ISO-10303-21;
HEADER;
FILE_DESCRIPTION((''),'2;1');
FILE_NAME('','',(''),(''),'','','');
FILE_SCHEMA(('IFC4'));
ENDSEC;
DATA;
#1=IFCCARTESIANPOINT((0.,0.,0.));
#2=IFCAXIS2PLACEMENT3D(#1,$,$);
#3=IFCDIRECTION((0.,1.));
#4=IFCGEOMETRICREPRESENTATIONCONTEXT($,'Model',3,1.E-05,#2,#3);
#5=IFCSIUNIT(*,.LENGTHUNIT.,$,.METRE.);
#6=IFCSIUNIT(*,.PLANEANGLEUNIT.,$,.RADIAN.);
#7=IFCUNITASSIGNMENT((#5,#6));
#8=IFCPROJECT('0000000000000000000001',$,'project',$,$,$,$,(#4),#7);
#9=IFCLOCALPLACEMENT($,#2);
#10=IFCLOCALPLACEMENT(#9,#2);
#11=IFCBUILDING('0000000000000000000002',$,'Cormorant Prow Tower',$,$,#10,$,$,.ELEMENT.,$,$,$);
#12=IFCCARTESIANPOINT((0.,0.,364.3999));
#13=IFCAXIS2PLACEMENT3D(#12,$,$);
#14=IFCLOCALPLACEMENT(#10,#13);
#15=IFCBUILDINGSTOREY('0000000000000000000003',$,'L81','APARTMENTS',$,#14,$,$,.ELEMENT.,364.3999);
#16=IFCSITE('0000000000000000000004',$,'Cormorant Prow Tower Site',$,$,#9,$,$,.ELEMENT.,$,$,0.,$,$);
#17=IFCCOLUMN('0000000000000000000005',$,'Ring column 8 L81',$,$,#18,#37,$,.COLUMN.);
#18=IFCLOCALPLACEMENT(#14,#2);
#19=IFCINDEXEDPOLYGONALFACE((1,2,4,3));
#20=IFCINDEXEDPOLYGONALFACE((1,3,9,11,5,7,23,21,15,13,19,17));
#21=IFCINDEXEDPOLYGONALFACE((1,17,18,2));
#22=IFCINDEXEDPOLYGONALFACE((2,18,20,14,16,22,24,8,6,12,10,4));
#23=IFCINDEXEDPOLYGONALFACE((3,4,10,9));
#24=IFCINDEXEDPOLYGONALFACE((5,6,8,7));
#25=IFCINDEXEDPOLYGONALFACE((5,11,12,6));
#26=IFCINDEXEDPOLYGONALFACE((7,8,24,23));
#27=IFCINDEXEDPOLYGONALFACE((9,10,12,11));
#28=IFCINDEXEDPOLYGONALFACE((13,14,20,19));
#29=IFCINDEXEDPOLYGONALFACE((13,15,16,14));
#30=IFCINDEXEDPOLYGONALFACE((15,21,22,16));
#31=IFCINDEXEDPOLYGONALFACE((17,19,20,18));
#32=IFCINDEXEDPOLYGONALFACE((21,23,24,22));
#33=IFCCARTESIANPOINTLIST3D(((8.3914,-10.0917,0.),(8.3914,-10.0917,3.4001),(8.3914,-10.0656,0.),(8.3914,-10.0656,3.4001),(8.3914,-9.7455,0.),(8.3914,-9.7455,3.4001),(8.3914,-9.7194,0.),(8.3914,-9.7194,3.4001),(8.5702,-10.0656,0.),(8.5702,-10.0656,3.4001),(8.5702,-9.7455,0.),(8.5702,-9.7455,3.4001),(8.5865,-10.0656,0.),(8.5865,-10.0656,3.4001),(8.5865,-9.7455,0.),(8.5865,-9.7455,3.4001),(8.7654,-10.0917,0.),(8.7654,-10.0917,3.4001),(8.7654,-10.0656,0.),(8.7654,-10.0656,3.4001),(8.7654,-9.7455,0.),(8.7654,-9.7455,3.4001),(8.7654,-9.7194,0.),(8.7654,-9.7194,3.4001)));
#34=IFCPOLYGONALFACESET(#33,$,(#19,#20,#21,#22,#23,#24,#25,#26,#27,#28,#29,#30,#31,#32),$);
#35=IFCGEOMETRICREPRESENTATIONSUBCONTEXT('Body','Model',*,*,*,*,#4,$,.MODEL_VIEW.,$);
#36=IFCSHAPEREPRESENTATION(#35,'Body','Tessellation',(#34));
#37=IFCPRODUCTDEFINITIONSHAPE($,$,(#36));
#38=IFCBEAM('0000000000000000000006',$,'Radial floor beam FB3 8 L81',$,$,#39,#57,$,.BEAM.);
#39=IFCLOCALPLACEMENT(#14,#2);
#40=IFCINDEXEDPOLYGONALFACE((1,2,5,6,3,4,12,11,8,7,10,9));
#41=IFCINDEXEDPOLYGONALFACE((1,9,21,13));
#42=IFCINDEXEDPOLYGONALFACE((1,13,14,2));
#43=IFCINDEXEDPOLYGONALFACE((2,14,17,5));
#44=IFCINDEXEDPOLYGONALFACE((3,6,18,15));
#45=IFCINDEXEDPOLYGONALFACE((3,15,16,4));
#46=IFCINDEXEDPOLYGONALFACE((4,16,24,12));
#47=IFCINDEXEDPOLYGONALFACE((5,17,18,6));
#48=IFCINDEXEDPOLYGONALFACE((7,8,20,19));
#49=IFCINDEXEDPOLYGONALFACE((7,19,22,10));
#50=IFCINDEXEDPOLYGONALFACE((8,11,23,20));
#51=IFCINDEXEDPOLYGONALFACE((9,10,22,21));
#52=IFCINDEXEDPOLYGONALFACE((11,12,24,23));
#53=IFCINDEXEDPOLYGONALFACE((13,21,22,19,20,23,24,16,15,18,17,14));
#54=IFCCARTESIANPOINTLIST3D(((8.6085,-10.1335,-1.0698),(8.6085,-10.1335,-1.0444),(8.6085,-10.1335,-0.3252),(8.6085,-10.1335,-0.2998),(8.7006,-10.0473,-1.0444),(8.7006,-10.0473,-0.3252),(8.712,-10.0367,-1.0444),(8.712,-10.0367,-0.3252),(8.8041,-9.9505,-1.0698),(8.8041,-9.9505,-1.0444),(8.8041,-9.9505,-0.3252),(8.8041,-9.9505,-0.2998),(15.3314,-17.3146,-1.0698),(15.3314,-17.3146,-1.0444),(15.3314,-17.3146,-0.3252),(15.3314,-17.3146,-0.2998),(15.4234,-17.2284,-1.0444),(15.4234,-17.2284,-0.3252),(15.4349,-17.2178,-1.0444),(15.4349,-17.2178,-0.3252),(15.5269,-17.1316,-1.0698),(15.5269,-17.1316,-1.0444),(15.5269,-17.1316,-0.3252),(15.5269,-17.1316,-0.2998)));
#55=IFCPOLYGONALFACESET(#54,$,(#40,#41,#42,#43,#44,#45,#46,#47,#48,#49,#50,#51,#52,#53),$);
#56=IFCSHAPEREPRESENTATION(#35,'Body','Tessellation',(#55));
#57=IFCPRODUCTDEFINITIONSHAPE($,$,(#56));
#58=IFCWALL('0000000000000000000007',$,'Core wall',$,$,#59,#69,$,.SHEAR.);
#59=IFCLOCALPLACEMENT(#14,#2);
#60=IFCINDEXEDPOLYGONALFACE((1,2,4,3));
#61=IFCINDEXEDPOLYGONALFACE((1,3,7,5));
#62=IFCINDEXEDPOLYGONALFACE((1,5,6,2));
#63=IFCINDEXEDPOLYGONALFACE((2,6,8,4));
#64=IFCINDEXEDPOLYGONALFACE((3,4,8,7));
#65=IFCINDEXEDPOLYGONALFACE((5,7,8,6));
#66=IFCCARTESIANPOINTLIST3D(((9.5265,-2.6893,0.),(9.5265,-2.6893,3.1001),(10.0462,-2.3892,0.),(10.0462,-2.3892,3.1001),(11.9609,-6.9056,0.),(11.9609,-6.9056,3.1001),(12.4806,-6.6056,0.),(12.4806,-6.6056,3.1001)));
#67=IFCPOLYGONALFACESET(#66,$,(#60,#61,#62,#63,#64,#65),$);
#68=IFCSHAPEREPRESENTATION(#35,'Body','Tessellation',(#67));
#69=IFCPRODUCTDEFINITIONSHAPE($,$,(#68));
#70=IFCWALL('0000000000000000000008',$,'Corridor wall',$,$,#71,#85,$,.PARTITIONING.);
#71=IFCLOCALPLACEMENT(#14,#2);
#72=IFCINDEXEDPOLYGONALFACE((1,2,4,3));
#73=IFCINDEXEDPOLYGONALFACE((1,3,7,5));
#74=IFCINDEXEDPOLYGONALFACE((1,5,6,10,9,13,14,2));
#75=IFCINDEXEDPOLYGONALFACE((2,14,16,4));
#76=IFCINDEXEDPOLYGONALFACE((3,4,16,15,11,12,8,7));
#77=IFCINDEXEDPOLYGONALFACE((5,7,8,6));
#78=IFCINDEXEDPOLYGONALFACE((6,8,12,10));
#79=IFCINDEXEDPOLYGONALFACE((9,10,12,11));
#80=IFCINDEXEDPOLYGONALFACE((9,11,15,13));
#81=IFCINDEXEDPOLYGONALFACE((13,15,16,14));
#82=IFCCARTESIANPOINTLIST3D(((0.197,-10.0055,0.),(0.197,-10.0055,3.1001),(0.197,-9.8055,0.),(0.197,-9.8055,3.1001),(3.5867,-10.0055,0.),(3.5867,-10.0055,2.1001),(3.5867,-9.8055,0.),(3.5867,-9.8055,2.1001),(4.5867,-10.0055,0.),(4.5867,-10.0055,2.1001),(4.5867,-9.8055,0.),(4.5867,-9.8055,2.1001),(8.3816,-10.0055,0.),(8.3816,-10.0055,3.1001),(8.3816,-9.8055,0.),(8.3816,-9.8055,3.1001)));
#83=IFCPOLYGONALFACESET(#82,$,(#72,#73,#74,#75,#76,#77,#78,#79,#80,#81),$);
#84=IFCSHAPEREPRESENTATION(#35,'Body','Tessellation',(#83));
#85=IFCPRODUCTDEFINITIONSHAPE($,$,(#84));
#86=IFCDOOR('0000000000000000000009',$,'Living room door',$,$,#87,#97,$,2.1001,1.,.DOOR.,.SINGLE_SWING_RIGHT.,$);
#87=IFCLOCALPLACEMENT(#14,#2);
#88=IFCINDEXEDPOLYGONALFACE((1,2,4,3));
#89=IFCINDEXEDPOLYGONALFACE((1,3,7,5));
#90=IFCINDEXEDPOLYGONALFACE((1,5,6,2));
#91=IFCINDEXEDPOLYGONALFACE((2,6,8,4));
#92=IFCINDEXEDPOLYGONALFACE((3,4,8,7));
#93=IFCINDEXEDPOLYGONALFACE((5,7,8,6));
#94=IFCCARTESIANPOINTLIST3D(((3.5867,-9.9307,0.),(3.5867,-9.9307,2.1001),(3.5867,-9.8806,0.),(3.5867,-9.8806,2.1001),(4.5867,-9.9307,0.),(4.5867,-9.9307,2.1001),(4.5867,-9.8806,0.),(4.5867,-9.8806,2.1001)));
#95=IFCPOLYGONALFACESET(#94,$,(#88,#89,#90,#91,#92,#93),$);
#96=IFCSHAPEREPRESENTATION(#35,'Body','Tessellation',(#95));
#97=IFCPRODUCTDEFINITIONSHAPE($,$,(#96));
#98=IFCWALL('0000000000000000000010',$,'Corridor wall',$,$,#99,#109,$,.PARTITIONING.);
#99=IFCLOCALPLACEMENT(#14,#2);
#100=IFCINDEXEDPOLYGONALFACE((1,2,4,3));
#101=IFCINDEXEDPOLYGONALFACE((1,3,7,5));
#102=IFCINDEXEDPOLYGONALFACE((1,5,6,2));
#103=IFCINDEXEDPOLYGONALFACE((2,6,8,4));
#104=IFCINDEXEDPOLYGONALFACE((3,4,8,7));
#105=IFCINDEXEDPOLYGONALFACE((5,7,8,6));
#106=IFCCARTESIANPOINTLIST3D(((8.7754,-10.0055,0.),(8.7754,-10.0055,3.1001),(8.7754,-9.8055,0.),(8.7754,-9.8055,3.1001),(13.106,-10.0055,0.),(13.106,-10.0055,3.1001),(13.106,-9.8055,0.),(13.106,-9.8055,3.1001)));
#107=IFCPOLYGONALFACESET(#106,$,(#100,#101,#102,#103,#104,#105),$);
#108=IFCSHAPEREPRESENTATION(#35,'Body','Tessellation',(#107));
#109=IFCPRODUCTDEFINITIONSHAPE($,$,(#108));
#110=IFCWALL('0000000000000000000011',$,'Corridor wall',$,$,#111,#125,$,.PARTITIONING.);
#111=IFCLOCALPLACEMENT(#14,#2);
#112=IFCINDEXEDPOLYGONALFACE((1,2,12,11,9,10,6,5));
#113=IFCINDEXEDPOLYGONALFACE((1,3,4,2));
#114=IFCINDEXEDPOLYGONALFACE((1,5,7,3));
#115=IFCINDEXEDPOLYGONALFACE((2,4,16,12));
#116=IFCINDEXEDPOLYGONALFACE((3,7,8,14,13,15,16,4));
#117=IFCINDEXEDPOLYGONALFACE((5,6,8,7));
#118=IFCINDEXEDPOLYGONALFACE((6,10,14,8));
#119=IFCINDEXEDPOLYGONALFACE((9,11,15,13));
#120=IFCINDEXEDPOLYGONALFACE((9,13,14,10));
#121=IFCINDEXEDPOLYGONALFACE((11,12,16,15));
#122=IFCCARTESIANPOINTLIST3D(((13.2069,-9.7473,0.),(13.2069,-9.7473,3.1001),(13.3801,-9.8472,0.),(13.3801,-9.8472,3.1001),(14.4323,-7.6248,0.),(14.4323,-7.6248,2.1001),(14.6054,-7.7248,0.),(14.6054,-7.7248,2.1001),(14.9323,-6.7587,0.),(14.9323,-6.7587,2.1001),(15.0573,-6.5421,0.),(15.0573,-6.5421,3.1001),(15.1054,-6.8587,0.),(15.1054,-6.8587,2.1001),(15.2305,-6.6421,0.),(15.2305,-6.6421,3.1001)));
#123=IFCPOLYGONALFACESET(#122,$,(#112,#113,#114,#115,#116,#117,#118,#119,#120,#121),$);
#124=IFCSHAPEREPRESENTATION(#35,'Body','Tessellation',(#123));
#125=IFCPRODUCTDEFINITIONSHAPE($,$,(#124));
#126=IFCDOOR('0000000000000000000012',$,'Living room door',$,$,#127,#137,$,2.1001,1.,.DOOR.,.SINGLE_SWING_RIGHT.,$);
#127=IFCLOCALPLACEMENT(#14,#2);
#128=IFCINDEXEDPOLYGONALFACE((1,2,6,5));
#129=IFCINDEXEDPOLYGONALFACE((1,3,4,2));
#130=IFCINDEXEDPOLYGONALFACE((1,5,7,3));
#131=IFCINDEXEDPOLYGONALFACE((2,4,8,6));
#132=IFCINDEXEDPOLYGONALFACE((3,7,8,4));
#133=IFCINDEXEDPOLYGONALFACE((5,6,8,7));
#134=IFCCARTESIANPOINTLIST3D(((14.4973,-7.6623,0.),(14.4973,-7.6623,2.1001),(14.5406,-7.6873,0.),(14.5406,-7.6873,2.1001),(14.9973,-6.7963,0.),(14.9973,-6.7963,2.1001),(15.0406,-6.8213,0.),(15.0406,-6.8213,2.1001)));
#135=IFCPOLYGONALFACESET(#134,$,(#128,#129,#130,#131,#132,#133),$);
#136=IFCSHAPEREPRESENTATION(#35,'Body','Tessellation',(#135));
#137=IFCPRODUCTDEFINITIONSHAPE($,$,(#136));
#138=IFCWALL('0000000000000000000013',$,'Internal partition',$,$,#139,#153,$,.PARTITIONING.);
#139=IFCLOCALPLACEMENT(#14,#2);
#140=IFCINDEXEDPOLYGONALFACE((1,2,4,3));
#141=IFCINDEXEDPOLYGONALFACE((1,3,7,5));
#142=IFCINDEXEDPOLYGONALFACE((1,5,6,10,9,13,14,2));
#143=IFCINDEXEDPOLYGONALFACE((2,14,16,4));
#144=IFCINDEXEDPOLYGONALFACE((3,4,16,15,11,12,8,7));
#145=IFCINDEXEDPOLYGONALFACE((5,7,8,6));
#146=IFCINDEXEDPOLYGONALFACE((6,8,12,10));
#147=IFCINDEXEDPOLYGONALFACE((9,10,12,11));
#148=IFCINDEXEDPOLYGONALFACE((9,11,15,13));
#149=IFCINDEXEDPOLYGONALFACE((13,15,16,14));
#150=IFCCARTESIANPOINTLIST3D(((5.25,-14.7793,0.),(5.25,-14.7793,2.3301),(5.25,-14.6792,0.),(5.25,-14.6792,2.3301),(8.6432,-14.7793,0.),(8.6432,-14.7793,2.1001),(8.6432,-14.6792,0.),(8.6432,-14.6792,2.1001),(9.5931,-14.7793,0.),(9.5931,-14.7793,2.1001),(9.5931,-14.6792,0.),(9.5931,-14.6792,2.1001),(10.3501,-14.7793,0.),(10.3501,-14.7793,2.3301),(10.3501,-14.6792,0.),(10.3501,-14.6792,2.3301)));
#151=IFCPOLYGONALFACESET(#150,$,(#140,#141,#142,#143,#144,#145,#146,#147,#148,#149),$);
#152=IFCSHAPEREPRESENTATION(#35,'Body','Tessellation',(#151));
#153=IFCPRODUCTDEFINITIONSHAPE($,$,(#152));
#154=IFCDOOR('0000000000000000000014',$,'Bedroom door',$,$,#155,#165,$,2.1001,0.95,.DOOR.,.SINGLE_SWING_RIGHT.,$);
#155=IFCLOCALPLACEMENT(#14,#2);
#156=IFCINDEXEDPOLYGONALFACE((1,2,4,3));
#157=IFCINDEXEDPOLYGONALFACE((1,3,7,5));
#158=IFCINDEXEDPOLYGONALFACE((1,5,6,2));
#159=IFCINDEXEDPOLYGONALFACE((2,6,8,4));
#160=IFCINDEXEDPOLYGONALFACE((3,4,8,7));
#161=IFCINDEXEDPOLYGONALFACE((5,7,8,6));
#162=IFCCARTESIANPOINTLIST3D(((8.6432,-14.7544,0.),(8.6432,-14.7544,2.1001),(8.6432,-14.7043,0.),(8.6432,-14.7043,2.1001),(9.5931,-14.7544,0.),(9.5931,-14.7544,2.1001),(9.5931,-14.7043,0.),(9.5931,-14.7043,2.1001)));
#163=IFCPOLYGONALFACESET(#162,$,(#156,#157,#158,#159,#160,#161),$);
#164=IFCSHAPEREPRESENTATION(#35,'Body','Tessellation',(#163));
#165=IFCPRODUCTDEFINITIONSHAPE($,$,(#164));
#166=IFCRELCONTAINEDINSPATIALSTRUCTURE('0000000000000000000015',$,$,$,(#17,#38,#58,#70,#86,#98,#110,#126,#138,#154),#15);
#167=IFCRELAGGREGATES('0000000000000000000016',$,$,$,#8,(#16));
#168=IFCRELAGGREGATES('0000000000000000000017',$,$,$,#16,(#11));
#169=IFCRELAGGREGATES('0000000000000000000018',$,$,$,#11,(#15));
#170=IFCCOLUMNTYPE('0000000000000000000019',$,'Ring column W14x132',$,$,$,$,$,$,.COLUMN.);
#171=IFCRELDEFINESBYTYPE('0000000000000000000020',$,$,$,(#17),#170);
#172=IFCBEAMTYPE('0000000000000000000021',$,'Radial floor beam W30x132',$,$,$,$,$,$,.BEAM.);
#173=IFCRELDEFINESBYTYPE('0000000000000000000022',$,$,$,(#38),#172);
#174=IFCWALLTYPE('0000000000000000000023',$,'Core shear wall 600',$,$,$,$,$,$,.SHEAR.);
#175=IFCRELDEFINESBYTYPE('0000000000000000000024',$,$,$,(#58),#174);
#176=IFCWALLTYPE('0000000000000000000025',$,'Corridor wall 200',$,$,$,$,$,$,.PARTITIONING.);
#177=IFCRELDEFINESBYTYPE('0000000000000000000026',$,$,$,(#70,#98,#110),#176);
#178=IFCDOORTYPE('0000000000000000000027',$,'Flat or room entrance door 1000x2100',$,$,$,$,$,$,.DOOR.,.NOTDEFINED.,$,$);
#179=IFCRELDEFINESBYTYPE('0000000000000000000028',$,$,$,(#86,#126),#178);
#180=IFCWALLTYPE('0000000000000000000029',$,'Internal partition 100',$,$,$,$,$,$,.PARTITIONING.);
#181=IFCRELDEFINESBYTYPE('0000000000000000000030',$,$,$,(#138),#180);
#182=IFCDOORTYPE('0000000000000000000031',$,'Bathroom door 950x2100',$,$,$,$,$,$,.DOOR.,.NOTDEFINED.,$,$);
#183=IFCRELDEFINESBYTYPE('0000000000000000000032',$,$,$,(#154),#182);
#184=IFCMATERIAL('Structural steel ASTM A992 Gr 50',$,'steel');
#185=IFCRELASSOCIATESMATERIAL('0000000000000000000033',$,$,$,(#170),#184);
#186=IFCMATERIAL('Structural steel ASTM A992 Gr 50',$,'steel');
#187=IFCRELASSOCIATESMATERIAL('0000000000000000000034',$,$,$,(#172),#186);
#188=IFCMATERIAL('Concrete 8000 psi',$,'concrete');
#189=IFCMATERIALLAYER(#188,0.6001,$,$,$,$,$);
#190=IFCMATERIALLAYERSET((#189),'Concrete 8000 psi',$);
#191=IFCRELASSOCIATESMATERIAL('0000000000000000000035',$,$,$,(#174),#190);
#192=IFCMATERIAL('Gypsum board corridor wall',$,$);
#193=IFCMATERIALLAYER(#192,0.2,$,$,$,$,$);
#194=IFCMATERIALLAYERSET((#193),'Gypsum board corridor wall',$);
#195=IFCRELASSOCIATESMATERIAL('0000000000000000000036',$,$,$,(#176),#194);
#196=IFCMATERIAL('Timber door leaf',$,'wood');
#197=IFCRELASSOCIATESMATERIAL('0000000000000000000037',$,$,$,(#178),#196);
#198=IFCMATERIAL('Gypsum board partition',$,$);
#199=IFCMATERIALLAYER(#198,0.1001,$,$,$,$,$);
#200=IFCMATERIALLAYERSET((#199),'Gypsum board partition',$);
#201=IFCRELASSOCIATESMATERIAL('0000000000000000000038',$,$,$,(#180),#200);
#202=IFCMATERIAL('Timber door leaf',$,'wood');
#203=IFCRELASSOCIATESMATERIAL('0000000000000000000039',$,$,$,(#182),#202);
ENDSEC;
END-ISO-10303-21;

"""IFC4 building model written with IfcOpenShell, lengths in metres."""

from ifc_helpers import new_model, si_unit, direction, frame, frame_2d, origin, origin_2d, place, context, subcontext, project, spatial, rectangle, i_section, extrude, material, layer, layer_set, material_profile, profile_set, type_object, element, fill, save


model = new_model("IFC4")

# Units and contexts
model_context = context("Model", 3, precision=1e-05, world=origin(), true_north=direction((0.0, 1.0)))
body_context = subcontext(model_context, "Body", "Model", "MODEL_VIEW")
ifc_project = project(units=[si_unit("LENGTHUNIT", "METRE"), si_unit("PLANEANGLEUNIT", "RADIAN")], contexts=[model_context])

# Site, building, storey
site_placement = place(None, origin())
site = spatial("IfcSite", under=ifc_project, at=site_placement, Name="Cormorant Prow Tower Site", CompositionType="ELEMENT", RefElevation=0.0)
building_placement = place(site_placement, origin())
building = spatial("IfcBuilding", under=site, at=building_placement, Name="Cormorant Prow Tower", CompositionType="ELEMENT")
storey_placement = place(building_placement, frame((0.0, 0.0, 364.3999)))
storey = spatial("IfcBuildingStorey", under=building, at=storey_placement, Name="L81", Description="APARTMENTS", CompositionType="ELEMENT", Elevation=364.3999)

# Column
ifc_material_1 = material(Name="Structural steel ASTM A992 Gr 50", Category="steel")
ifc_material_profile_1 = material_profile(ifc_material_1, i_section(OverallWidth=0.374, OverallDepth=0.3723, WebThickness=0.0164, FlangeThickness=0.0261, at=origin_2d()), Name="W14x132")
ifc_profile_set_1 = profile_set([ifc_material_profile_1], Name="Structural steel ASTM A992 Gr 50")
column_type = type_object("IfcColumnType", Name="Ring column W14x132", PredefinedType="COLUMN", material=ifc_profile_set_1)
column_placement = place(storey_placement, frame((8.5784, -9.9055, 0.0), z_axis=(0.0, 0.0, 1.0), x_axis=(1.0, 0.0, 0.0)))
element("IfcColumn", 1, at=column_placement, inside=storey, type_object=column_type, Name="Ring column 8 L81", PredefinedType="COLUMN", context=body_context, shape_type="SweptSolid", body=[
    extrude(i_section(OverallWidth=0.374, OverallDepth=0.3723, WebThickness=0.0164, FlangeThickness=0.0261, at=origin_2d()), origin(), (0.0, 0.0, 1.0), 3.4001),
])

# Beam
ifc_material_2 = material(Name="Structural steel ASTM A992 Gr 50", Category="steel")
ifc_material_profile_2 = material_profile(ifc_material_2, i_section(OverallWidth=0.2678, OverallDepth=0.77, WebThickness=0.0156, FlangeThickness=0.0254, at=origin_2d()), Name="W30x132")
ifc_profile_set_2 = profile_set([ifc_material_profile_2], Name="Structural steel ASTM A992 Gr 50")
beam_type = type_object("IfcBeamType", Name="Radial floor beam W30x132", PredefinedType="BEAM", material=ifc_profile_set_2)
beam_placement = place(storey_placement, frame((8.7063, -10.042, -0.6848), z_axis=(0.683431, -0.730015, 0.0), x_axis=(0.730015, 0.683431, 0.0)))
element("IfcBeam", 2, at=beam_placement, inside=storey, type_object=beam_type, Name="Radial floor beam FB3 8 L81", PredefinedType="BEAM", context=body_context, shape_type="SweptSolid", body=[
    extrude(i_section(OverallWidth=0.2678, OverallDepth=0.77, WebThickness=0.0156, FlangeThickness=0.0254, at=origin_2d()), origin(), (0.0, 0.0, 1.0), 9.8369),
])

# Wall
ifc_material_3 = material(Name="Concrete 8000 psi", Category="concrete")
ifc_layer_1 = layer(ifc_material_3, 0.6001)
ifc_layer_set_1 = layer_set([ifc_layer_1], Name="Concrete 8000 psi")
wall_type_1 = type_object("IfcWallType", Name="Core shear wall 600", PredefinedType="SHEAR", material=ifc_layer_set_1)
wall_1_placement = place(storey_placement, frame((12.2207, -6.7556, 0.0), z_axis=(0.0, 0.0, 1.0), x_axis=(-0.500006, 0.866022, 0.0)))
element("IfcWall", 3, at=wall_1_placement, inside=storey, type_object=wall_type_1, Name="Core wall", PredefinedType="SHEAR", context=body_context, shape_type="SweptSolid", body=[
    extrude(rectangle(XDim=4.8687, YDim=0.6001, at=frame_2d((2.4343, 0.0))), origin(), (0.0, 0.0, 1.0), 3.1001),
])

# Wall, opening, door
ifc_material_4 = material(Name="Gypsum board corridor wall")
ifc_layer_2 = layer(ifc_material_4, 0.2)
ifc_layer_set_2 = layer_set([ifc_layer_2], Name="Gypsum board corridor wall")
wall_type_2 = type_object("IfcWallType", Name="Corridor wall 200", PredefinedType="PARTITIONING", material=ifc_layer_set_2)
wall_2_placement = place(storey_placement, frame((0.197, -9.9055, 0.0), z_axis=(0.0, 0.0, 1.0), x_axis=(1.0, 0.0, 0.0)))
wall_2 = element("IfcWall", 4, at=wall_2_placement, inside=storey, type_object=wall_type_2, Name="Corridor wall", PredefinedType="PARTITIONING", context=body_context, shape_type="SweptSolid", body=[
    extrude(rectangle(XDim=8.1846, YDim=0.2, at=frame_2d((4.0923, 0.0))), origin(), (0.0, 0.0, 1.0), 3.1001),
])
opening_1_placement = place(wall_2_placement, frame((3.3896, 0.0, 0.0)))
opening_1 = element("IfcOpeningElement", 5, at=opening_1_placement, cuts=wall_2, PredefinedType="OPENING", context=body_context, shape_type="SweptSolid", body=[
    extrude(rectangle(XDim=1.0, YDim=2.1001, at=frame_2d((0.5, 1.05))), frame((0.0, 0.1099, 0.0), z_axis=(0.0, -1.0, 0.0), x_axis=(1.0, 0.0, 0.0)), (0.0, 0.0, 1.0), 0.22),
])
ifc_material_5 = material(Name="Timber door leaf", Category="wood")
door_type_1 = type_object("IfcDoorType", Name="Flat or room entrance door 1000x2100", OperationType="NOTDEFINED", PredefinedType="DOOR", material=ifc_material_5)
door_1_placement = place(opening_1_placement, origin())
door_1 = element("IfcDoor", 6, at=door_1_placement, inside=storey, type_object=door_type_1, Name="Living room door", OperationType="SINGLE_SWING_RIGHT", OverallHeight=2.1001, OverallWidth=1.0, PredefinedType="DOOR", context=body_context, shape_type="SweptSolid", body=[
    extrude(rectangle(XDim=1.0, YDim=2.1001, at=frame_2d((0.5, 1.05))), frame((0.0, 0.0249, 0.0), z_axis=(0.0, -1.0, 0.0), x_axis=(1.0, 0.0, 0.0)), (0.0, 0.0, 1.0), 0.05),
])
fill(opening_1, door_1)

# Wall
wall_3_placement = place(storey_placement, frame((8.7754, -9.9055, 0.0), z_axis=(0.0, 0.0, 1.0), x_axis=(1.0, 0.0, 0.0)))
element("IfcWall", 7, at=wall_3_placement, inside=storey, type_object=wall_type_2, Name="Corridor wall", PredefinedType="PARTITIONING", context=body_context, shape_type="SweptSolid", body=[
    extrude(rectangle(XDim=4.3306, YDim=0.2, at=frame_2d((2.1653, 0.0))), origin(), (0.0, 0.0, 1.0), 3.1001),
])

# Walls, openings, doors
wall_4_placement = place(storey_placement, frame((13.2935, -9.7974, 0.0), z_axis=(0.0, 0.0, 1.0), x_axis=(0.499978, 0.866038, 0.0)))
wall_4 = element("IfcWall", 8, at=wall_4_placement, inside=storey, type_object=wall_type_2, Name="Corridor wall", PredefinedType="PARTITIONING", context=body_context, shape_type="SweptSolid", body=[
    extrude(rectangle(XDim=3.7009, YDim=0.2, at=frame_2d((1.8506, 0.0))), origin(), (0.0, 0.0, 1.0), 3.1001),
])
opening_2_placement = place(wall_4_placement, frame((2.4509, 0.0, 0.0)))
opening_2 = element("IfcOpeningElement", 9, at=opening_2_placement, cuts=wall_4, PredefinedType="OPENING", context=body_context, shape_type="SweptSolid", body=[
    extrude(rectangle(XDim=1.0, YDim=2.1001, at=frame_2d((0.5, 1.05))), frame((0.0, 0.1099, 0.0), z_axis=(0.0, -1.0, 0.0), x_axis=(1.0, 0.0, 0.0)), (0.0, 0.0, 1.0), 0.22),
])
door_2_placement = place(opening_2_placement, origin())
door_2 = element("IfcDoor", 10, at=door_2_placement, inside=storey, type_object=door_type_1, Name="Living room door", OperationType="SINGLE_SWING_RIGHT", OverallHeight=2.1001, OverallWidth=1.0, PredefinedType="DOOR", context=body_context, shape_type="SweptSolid", body=[
    extrude(rectangle(XDim=1.0, YDim=2.1001, at=frame_2d((0.5, 1.05))), frame((0.0, 0.0249, 0.0), z_axis=(0.0, -1.0, 0.0), x_axis=(1.0, 0.0, 0.0)), (0.0, 0.0, 1.0), 0.05),
])
fill(opening_2, door_2)
ifc_material_6 = material(Name="Gypsum board partition")
ifc_layer_3 = layer(ifc_material_6, 0.1001)
ifc_layer_set_3 = layer_set([ifc_layer_3], Name="Gypsum board partition")
wall_type_3 = type_object("IfcWallType", Name="Internal partition 100", PredefinedType="PARTITIONING", material=ifc_layer_set_3)
wall_5_placement = place(storey_placement, frame((5.25, -14.7292, 0.0), z_axis=(0.0, 0.0, 1.0), x_axis=(1.0, 0.0, 0.0)))
wall_5 = element("IfcWall", 11, at=wall_5_placement, inside=storey, type_object=wall_type_3, Name="Internal partition", PredefinedType="PARTITIONING", context=body_context, shape_type="SweptSolid", body=[
    extrude(rectangle(XDim=5.1001, YDim=0.1001, at=frame_2d((2.55, 0.0))), origin(), (0.0, 0.0, 1.0), 2.3301),
])
opening_3_placement = place(wall_5_placement, frame((3.3931, 0.0, 0.0)))
opening_3 = element("IfcOpeningElement", 12, at=opening_3_placement, cuts=wall_5, PredefinedType="OPENING", context=body_context, shape_type="SweptSolid", body=[
    extrude(rectangle(XDim=0.95, YDim=2.1001, at=frame_2d((0.4751, 1.05))), frame((0.0, 0.0601, 0.0), z_axis=(0.0, -1.0, 0.0), x_axis=(1.0, 0.0, 0.0)), (0.0, 0.0, 1.0), 0.1201),
])
ifc_material_7 = material(Name="Timber door leaf", Category="wood")
door_type_2 = type_object("IfcDoorType", Name="Bathroom door 950x2100", OperationType="NOTDEFINED", PredefinedType="DOOR", material=ifc_material_7)
door_3_placement = place(opening_3_placement, origin())
door_3 = element("IfcDoor", 13, at=door_3_placement, inside=storey, type_object=door_type_2, Name="Bedroom door", OperationType="SINGLE_SWING_RIGHT", OverallHeight=2.1001, OverallWidth=0.95, PredefinedType="DOOR", context=body_context, shape_type="SweptSolid", body=[
    extrude(rectangle(XDim=0.95, YDim=2.1001, at=frame_2d((0.4751, 1.05))), frame((0.0, 0.0249, 0.0), z_axis=(0.0, -1.0, 0.0), x_axis=(1.0, 0.0, 0.0)), (0.0, 0.0, 1.0), 0.05),
])
fill(opening_3, door_3)

save(model, "model.ifc")
